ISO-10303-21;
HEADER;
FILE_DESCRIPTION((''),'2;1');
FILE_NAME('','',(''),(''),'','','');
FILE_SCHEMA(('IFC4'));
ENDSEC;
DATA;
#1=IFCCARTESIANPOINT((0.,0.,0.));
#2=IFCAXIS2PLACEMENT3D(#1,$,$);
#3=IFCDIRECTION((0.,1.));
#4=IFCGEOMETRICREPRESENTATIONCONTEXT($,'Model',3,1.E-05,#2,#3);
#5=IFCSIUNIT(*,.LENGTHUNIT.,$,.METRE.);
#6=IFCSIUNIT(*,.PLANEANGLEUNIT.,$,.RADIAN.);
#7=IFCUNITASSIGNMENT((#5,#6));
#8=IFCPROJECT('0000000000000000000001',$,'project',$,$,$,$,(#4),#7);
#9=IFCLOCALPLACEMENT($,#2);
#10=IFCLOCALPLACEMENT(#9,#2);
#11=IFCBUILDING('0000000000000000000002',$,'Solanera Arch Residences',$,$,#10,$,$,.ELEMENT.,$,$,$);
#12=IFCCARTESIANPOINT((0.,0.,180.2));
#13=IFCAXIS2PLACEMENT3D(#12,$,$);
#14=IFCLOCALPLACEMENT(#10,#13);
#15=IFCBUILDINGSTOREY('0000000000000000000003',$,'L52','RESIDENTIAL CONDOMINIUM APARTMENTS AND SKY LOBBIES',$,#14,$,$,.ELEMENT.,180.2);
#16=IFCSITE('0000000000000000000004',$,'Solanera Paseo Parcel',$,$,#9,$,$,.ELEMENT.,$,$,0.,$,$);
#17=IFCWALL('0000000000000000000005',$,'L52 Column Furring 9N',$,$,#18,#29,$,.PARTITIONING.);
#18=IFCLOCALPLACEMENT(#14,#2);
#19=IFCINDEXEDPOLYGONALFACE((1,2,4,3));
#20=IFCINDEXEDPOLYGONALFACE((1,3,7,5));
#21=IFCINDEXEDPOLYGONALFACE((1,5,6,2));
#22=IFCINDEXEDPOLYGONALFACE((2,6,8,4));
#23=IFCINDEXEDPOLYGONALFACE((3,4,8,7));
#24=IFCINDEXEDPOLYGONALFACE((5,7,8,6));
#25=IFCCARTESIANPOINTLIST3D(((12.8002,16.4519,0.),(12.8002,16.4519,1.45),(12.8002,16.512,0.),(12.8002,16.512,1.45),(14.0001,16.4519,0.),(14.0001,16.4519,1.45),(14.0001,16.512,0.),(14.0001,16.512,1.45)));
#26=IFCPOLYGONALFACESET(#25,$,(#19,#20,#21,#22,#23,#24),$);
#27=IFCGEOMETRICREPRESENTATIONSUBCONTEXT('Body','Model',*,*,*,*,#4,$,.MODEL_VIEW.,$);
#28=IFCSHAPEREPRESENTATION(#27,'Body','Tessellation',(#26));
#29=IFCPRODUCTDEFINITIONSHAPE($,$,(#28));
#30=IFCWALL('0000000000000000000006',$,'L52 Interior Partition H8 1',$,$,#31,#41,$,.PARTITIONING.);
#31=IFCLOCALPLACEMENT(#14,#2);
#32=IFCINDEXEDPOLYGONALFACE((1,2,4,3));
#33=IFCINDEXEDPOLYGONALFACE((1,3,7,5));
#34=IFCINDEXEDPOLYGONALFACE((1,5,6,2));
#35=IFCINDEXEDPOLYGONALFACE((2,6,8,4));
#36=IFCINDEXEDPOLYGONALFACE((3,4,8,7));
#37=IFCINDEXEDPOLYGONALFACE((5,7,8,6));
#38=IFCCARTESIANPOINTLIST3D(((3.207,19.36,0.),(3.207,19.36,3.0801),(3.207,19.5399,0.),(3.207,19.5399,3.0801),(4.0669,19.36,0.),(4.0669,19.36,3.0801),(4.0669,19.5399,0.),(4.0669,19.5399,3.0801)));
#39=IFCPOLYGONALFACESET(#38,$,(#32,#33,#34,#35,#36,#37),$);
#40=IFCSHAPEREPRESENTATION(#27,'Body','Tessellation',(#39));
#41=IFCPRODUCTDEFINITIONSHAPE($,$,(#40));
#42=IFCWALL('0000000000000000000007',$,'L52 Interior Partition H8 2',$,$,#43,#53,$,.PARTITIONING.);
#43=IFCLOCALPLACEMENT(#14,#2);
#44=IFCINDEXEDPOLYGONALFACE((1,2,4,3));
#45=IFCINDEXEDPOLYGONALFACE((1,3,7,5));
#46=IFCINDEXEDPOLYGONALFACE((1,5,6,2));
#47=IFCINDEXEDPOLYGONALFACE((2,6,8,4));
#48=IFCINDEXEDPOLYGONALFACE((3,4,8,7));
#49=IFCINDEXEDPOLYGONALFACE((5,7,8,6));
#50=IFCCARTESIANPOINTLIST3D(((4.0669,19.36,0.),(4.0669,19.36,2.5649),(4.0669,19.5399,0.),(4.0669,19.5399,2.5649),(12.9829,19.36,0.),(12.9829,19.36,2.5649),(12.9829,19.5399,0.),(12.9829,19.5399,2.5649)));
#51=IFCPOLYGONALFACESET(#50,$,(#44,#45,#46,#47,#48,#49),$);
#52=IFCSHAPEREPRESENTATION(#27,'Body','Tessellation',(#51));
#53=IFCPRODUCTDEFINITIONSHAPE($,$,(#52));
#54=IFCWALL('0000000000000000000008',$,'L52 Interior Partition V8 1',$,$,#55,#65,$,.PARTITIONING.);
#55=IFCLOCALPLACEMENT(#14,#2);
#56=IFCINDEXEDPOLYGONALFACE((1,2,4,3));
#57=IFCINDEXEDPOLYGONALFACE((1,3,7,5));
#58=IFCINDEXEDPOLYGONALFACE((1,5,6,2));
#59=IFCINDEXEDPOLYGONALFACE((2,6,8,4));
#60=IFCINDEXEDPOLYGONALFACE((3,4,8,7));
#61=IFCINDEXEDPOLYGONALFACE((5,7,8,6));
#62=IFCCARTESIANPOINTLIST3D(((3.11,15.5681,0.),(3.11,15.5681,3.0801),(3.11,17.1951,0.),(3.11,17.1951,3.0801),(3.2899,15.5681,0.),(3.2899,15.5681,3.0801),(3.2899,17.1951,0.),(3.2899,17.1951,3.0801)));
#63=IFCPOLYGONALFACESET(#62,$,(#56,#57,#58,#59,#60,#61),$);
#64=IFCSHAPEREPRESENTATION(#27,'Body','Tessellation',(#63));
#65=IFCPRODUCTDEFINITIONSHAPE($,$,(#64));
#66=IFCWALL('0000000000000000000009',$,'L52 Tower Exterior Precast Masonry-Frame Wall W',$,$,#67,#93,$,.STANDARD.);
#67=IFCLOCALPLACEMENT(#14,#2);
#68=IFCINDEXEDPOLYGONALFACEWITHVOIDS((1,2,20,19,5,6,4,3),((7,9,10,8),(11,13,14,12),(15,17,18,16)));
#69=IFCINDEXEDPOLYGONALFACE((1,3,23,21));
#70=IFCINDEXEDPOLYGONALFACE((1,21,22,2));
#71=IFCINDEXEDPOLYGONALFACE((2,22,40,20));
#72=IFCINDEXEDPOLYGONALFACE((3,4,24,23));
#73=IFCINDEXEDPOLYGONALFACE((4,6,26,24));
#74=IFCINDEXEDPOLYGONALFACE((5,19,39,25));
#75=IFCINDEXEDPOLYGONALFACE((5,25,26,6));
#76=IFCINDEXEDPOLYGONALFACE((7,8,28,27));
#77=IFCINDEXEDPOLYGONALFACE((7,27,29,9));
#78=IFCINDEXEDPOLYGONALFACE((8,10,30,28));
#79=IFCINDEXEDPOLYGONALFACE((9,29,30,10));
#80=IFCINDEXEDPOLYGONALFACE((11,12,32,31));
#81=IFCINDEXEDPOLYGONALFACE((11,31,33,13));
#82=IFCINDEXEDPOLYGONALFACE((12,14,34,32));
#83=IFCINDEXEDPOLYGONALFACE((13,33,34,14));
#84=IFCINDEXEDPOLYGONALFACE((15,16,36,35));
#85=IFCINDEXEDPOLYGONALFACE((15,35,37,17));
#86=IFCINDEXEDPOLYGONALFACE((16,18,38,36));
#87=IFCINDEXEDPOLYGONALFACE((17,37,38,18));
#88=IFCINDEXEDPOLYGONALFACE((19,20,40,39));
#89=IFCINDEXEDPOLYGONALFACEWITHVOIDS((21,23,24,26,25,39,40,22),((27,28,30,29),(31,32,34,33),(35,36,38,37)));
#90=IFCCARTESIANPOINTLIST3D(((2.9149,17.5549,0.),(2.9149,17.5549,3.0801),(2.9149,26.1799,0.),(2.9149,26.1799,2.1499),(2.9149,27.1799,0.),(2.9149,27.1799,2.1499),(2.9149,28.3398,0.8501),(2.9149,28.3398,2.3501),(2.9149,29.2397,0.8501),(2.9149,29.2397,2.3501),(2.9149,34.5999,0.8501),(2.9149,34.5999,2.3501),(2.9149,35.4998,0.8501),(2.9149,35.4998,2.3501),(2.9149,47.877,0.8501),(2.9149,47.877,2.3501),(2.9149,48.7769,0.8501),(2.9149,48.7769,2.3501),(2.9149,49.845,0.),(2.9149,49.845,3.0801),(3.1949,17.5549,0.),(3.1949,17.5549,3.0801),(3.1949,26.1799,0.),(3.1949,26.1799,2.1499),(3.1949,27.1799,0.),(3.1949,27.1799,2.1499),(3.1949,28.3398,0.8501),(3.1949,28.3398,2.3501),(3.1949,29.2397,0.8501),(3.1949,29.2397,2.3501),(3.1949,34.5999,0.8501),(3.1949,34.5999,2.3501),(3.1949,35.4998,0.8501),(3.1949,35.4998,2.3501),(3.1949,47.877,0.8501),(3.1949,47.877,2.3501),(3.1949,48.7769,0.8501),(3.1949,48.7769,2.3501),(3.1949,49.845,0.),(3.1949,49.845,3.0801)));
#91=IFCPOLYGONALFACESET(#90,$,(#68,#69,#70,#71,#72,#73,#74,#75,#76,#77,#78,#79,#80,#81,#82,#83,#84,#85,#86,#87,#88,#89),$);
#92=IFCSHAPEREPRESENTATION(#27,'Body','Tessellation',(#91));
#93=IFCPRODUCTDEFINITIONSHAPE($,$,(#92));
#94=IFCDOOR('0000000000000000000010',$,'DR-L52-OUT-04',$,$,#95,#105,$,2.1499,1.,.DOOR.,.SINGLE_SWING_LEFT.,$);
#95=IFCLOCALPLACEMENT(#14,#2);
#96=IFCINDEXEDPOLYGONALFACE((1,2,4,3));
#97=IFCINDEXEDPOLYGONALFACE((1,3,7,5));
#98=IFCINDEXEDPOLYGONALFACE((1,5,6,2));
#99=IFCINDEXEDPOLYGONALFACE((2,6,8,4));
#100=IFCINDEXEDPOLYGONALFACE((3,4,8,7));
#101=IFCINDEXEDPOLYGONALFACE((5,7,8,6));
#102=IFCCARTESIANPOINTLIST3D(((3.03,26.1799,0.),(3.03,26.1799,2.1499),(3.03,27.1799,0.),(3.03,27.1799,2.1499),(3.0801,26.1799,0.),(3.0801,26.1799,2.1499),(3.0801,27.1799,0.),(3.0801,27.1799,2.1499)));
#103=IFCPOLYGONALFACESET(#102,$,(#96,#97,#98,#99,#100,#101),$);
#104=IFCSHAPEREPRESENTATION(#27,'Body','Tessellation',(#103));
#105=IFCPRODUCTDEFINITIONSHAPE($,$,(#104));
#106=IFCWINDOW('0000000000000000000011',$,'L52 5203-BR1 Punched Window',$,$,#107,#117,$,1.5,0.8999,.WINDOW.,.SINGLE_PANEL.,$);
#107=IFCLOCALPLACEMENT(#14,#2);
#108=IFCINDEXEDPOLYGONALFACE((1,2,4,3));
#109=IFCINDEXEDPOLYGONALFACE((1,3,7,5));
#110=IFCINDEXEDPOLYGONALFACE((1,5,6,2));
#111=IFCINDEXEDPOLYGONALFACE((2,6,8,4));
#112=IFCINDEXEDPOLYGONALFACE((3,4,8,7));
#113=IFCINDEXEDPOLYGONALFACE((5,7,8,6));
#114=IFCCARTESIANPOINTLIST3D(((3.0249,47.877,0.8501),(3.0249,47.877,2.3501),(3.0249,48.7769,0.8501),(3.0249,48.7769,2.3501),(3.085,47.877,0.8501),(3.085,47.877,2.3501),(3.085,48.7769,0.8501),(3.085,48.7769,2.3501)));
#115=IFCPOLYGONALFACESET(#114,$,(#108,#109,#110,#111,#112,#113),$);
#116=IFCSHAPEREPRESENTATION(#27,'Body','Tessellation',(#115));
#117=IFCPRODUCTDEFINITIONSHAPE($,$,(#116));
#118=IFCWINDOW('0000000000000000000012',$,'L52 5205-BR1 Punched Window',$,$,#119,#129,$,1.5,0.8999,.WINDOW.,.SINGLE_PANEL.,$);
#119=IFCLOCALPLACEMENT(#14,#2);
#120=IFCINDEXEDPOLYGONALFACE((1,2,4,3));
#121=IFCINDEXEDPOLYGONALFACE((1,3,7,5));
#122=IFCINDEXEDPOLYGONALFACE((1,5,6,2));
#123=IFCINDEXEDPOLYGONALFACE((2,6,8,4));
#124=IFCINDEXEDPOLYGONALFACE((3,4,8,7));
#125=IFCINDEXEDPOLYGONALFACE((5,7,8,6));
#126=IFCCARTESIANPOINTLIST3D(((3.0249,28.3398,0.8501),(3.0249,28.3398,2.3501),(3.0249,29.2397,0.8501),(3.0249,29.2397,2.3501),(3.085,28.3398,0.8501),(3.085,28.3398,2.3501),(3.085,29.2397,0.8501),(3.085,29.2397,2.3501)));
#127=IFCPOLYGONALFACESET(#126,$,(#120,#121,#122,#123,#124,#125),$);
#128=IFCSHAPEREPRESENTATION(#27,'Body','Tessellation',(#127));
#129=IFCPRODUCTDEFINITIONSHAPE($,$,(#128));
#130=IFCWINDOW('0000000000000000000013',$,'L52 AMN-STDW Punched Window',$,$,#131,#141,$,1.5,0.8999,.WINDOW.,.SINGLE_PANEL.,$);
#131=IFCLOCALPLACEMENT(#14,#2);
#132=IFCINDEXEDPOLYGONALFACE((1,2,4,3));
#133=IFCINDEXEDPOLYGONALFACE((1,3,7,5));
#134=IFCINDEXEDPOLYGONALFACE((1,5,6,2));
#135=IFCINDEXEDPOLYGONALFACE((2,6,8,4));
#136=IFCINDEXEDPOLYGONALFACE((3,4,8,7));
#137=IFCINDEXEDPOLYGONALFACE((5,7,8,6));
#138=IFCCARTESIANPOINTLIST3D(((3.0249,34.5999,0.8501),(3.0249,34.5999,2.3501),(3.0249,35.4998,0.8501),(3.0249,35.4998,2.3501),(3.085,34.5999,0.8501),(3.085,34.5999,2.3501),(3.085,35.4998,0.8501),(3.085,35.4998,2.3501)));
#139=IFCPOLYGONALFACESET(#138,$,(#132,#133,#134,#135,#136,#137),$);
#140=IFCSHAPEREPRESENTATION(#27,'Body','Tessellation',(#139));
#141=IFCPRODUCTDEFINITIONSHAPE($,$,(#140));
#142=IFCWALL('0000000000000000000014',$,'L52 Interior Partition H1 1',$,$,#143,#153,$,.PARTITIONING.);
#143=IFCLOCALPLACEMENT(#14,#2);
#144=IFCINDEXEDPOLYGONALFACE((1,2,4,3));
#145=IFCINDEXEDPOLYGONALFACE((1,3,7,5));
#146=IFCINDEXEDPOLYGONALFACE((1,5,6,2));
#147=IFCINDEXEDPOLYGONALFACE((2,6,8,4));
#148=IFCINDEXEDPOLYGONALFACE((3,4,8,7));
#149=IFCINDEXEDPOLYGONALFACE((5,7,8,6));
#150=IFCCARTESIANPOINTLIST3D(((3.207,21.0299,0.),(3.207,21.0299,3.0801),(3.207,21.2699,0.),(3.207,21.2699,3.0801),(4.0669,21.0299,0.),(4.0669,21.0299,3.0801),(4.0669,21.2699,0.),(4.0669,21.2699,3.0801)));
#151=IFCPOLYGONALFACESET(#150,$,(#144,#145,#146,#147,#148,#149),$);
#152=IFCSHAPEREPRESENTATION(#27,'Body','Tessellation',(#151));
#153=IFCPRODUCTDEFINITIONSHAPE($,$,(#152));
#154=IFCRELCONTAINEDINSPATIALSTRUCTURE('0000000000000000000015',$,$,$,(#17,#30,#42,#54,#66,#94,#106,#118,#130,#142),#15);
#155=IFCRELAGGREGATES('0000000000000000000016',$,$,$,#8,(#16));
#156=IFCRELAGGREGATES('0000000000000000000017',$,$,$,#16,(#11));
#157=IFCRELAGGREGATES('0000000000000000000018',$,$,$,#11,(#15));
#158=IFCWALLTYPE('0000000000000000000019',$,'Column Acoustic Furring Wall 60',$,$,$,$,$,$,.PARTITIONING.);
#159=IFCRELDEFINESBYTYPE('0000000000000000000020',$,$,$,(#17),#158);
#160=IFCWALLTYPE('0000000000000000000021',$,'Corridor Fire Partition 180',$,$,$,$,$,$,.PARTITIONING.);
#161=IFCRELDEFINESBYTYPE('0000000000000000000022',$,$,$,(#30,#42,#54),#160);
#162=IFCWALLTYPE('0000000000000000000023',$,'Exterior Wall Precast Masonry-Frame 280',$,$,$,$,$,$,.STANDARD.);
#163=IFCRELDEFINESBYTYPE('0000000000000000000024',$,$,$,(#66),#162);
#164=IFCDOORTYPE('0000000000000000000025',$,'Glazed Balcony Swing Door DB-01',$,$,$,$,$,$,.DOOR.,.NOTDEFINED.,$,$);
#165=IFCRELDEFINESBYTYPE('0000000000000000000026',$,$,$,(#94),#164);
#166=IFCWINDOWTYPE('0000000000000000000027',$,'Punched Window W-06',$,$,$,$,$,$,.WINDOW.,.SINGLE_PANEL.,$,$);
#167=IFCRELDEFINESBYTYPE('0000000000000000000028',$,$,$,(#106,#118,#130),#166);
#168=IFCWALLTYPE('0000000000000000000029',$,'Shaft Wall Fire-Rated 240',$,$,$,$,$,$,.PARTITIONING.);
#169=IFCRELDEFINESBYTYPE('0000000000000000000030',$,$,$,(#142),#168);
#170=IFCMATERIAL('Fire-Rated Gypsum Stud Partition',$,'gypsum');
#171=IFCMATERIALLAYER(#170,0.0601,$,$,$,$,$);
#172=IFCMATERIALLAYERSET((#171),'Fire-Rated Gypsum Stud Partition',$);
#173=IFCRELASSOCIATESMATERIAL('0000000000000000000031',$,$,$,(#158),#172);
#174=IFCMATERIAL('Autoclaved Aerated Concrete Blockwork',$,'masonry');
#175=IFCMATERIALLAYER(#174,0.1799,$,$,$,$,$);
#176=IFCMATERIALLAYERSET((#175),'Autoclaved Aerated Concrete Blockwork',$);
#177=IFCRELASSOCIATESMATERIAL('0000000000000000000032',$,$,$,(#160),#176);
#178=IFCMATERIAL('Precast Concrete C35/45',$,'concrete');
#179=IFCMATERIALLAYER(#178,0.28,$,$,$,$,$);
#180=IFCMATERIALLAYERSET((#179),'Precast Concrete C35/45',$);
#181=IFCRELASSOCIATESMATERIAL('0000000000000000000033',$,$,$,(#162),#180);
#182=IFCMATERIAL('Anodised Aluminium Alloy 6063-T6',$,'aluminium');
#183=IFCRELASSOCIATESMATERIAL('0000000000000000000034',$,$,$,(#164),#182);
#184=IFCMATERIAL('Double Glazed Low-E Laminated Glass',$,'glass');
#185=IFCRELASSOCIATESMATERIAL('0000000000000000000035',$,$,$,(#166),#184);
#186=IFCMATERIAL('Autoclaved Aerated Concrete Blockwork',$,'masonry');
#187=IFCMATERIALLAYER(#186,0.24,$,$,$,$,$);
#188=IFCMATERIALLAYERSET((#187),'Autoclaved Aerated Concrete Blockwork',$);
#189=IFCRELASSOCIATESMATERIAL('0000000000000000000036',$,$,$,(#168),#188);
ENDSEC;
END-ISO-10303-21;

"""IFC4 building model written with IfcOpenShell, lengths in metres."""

from ifc_helpers import new_model, si_unit, direction, frame, frame_2d, origin, place, context, subcontext, project, spatial, rectangle, extrude, material, layer, layer_set, type_object, element, fill, save


model = new_model("IFC4")

# Units and contexts
model_context = context("Model", 3, precision=1e-05, world=origin(), true_north=direction((0.0, 1.0)))
body_context = subcontext(model_context, "Body", "Model", "MODEL_VIEW")
ifc_project = project(units=[si_unit("LENGTHUNIT", "METRE"), si_unit("PLANEANGLEUNIT", "RADIAN")], contexts=[model_context])

# Site, building, storey
site_placement = place(None, origin())
site = spatial("IfcSite", under=ifc_project, at=site_placement, Name="Solanera Paseo Parcel", CompositionType="ELEMENT", RefElevation=0.0)
building_placement = place(site_placement, origin())
building = spatial("IfcBuilding", under=site, at=building_placement, Name="Solanera Arch Residences", CompositionType="ELEMENT")
storey_placement = place(building_placement, frame((0.0, 0.0, 180.2)))
storey = spatial("IfcBuildingStorey", under=building, at=storey_placement, Name="L52", Description="RESIDENTIAL CONDOMINIUM APARTMENTS AND SKY LOBBIES", CompositionType="ELEMENT", Elevation=180.2)

# Walls
ifc_material_1 = material(Name="Fire-Rated Gypsum Stud Partition", Category="gypsum")
ifc_layer_1 = layer(ifc_material_1, 0.0601)
ifc_layer_set_1 = layer_set([ifc_layer_1], Name="Fire-Rated Gypsum Stud Partition")
wall_type_1 = type_object("IfcWallType", Name="Column Acoustic Furring Wall 60", PredefinedType="PARTITIONING", material=ifc_layer_set_1)
wall_1_placement = place(storey_placement, frame((12.8, 16.4819, 0.0), z_axis=(0.0, 0.0, 1.0), x_axis=(1.0, 0.0, 0.0)))
element("IfcWall", 1, at=wall_1_placement, inside=storey, type_object=wall_type_1, Name="L52 Column Furring 9N", PredefinedType="PARTITIONING", context=body_context, shape_type="SweptSolid", body=[
    extrude(rectangle(XDim=1.2, YDim=0.0601, at=frame_2d((0.6001, 0.0))), origin(), (0.0, 0.0, 1.0), 1.45),
])
ifc_material_2 = material(Name="Autoclaved Aerated Concrete Blockwork", Category="masonry")
ifc_layer_2 = layer(ifc_material_2, 0.1799)
ifc_layer_set_2 = layer_set([ifc_layer_2], Name="Autoclaved Aerated Concrete Blockwork")
wall_type_2 = type_object("IfcWallType", Name="Corridor Fire Partition 180", PredefinedType="PARTITIONING", material=ifc_layer_set_2)
wall_2_placement = place(storey_placement, frame((3.207, 19.45, 0.0), z_axis=(0.0, 0.0, 1.0), x_axis=(1.0, 0.0, 0.0)))
element("IfcWall", 2, at=wall_2_placement, inside=storey, type_object=wall_type_2, Name="L52 Interior Partition H8 1", PredefinedType="PARTITIONING", context=body_context, shape_type="SweptSolid", body=[
    extrude(rectangle(XDim=0.8599, YDim=0.1799, at=frame_2d((0.4299, 0.0))), origin(), (0.0, 0.0, 1.0), 3.0801),
])
wall_3_placement = place(storey_placement, frame((4.0669, 19.45, 0.0), z_axis=(0.0, 0.0, 1.0), x_axis=(1.0, 0.0, 0.0)))
element("IfcWall", 3, at=wall_3_placement, inside=storey, type_object=wall_type_2, Name="L52 Interior Partition H8 2", PredefinedType="PARTITIONING", context=body_context, shape_type="SweptSolid", body=[
    extrude(rectangle(XDim=8.916, YDim=0.1799, at=frame_2d((4.458, 0.0))), origin(), (0.0, 0.0, 1.0), 2.5649),
])
wall_4_placement = place(storey_placement, frame((3.2, 15.5681, 0.0), z_axis=(0.0, 0.0, 1.0), x_axis=(0.0, 1.0, 0.0)))
element("IfcWall", 4, at=wall_4_placement, inside=storey, type_object=wall_type_2, Name="L52 Interior Partition V8 1", PredefinedType="PARTITIONING", context=body_context, shape_type="SweptSolid", body=[
    extrude(rectangle(XDim=1.627, YDim=0.1799, at=frame_2d((0.8135, 0.0))), origin(), (0.0, 0.0, 1.0), 3.0801),
])

# Wall, openings, door, windows
ifc_material_3 = material(Name="Precast Concrete C35/45", Category="concrete")
ifc_layer_3 = layer(ifc_material_3, 0.28)
ifc_layer_set_3 = layer_set([ifc_layer_3], Name="Precast Concrete C35/45")
wall_type_3 = type_object("IfcWallType", Name="Exterior Wall Precast Masonry-Frame 280", PredefinedType="STANDARD", material=ifc_layer_set_3)
wall_5_placement = place(storey_placement, frame((3.0549, 17.5549, 0.0), z_axis=(0.0, 0.0, 1.0), x_axis=(0.0, 1.0, 0.0)))
wall_5 = element("IfcWall", 5, at=wall_5_placement, inside=storey, type_object=wall_type_3, Name="L52 Tower Exterior Precast Masonry-Frame Wall W", PredefinedType="STANDARD", context=body_context, shape_type="SweptSolid", body=[
    extrude(rectangle(XDim=32.29, YDim=0.28, at=frame_2d((16.145, 0.0))), origin(), (0.0, 0.0, 1.0), 3.0801),
])
opening_1_placement = place(wall_5_placement, frame((8.625, 0.0, 0.0)))
opening_1 = element("IfcOpeningElement", 6, at=opening_1_placement, cuts=wall_5, PredefinedType="OPENING", context=body_context, shape_type="SweptSolid", body=[
    extrude(rectangle(XDim=1.0, YDim=2.1499, at=frame_2d((0.5, 1.075))), frame((0.0, 0.1499, 0.0), z_axis=(0.0, -1.0, 0.0), x_axis=(1.0, 0.0, 0.0)), (0.0, 0.0, 1.0), 0.3),
])
opening_2_placement = place(wall_5_placement, frame((30.322, 0.0, 0.8501)))
opening_2 = element("IfcOpeningElement", 7, at=opening_2_placement, cuts=wall_5, PredefinedType="OPENING", context=body_context, shape_type="SweptSolid", body=[
    extrude(rectangle(XDim=0.8999, YDim=1.5, at=frame_2d((0.45, 0.75))), frame((0.0, 0.1499, 0.0), z_axis=(0.0, -1.0, 0.0), x_axis=(1.0, 0.0, 0.0)), (0.0, 0.0, 1.0), 0.3),
])
opening_3_placement = place(wall_5_placement, frame((10.7849, 0.0, 0.8501)))
opening_3 = element("IfcOpeningElement", 8, at=opening_3_placement, cuts=wall_5, PredefinedType="OPENING", context=body_context, shape_type="SweptSolid", body=[
    extrude(rectangle(XDim=0.8999, YDim=1.5, at=frame_2d((0.45, 0.75))), frame((0.0, 0.1499, 0.0), z_axis=(0.0, -1.0, 0.0), x_axis=(1.0, 0.0, 0.0)), (0.0, 0.0, 1.0), 0.3),
])
opening_4_placement = place(wall_5_placement, frame((17.0449, 0.0, 0.8501)))
opening_4 = element("IfcOpeningElement", 9, at=opening_4_placement, cuts=wall_5, PredefinedType="OPENING", context=body_context, shape_type="SweptSolid", body=[
    extrude(rectangle(XDim=0.8999, YDim=1.5, at=frame_2d((0.45, 0.75))), frame((0.0, 0.1499, 0.0), z_axis=(0.0, -1.0, 0.0), x_axis=(1.0, 0.0, 0.0)), (0.0, 0.0, 1.0), 0.3),
])
ifc_material_4 = material(Name="Anodised Aluminium Alloy 6063-T6", Category="aluminium")
door_type_1 = type_object("IfcDoorType", Name="Glazed Balcony Swing Door DB-01", OperationType="NOTDEFINED", PredefinedType="DOOR", material=ifc_material_4)
door_1_placement = place(opening_1_placement, origin())
door_1 = element("IfcDoor", 10, at=door_1_placement, inside=storey, type_object=door_type_1, Name="DR-L52-OUT-04", OperationType="SINGLE_SWING_LEFT", OverallHeight=2.1499, OverallWidth=1.0, PredefinedType="DOOR", context=body_context, shape_type="SweptSolid", body=[
    extrude(rectangle(XDim=1.0, YDim=2.1499, at=frame_2d((0.5, 1.075))), frame((0.0, 0.0249, 0.0), z_axis=(0.0, -1.0, 0.0), x_axis=(1.0, 0.0, 0.0)), (0.0, 0.0, 1.0), 0.05),
])
fill(opening_1, door_1)
ifc_material_5 = material(Name="Double Glazed Low-E Laminated Glass", Category="glass")
window_type = type_object("IfcWindowType", Name="Punched Window W-06", PartitioningType="SINGLE_PANEL", PredefinedType="WINDOW", material=ifc_material_5)
window_1_placement = place(opening_2_placement, origin())
window_1 = element("IfcWindow", 11, at=window_1_placement, inside=storey, type_object=window_type, Name="L52 5203-BR1 Punched Window", OverallHeight=1.5, OverallWidth=0.8999, PartitioningType="SINGLE_PANEL", PredefinedType="WINDOW", context=body_context, shape_type="SweptSolid", body=[
    extrude(rectangle(XDim=0.8999, YDim=1.5, at=frame_2d((0.45, 0.75))), frame((0.0, 0.03, 0.0), z_axis=(0.0, -1.0, 0.0), x_axis=(1.0, 0.0, 0.0)), (0.0, 0.0, 1.0), 0.0601),
])
fill(opening_2, window_1)
window_2_placement = place(opening_3_placement, origin())
window_2 = element("IfcWindow", 12, at=window_2_placement, inside=storey, type_object=window_type, Name="L52 5205-BR1 Punched Window", OverallHeight=1.5, OverallWidth=0.8999, PartitioningType="SINGLE_PANEL", PredefinedType="WINDOW", context=body_context, shape_type="SweptSolid", body=[
    extrude(rectangle(XDim=0.8999, YDim=1.5, at=frame_2d((0.45, 0.75))), frame((0.0, 0.03, 0.0), z_axis=(0.0, -1.0, 0.0), x_axis=(1.0, 0.0, 0.0)), (0.0, 0.0, 1.0), 0.0601),
])
fill(opening_3, window_2)
window_3_placement = place(opening_4_placement, origin())
window_3 = element("IfcWindow", 13, at=window_3_placement, inside=storey, type_object=window_type, Name="L52 AMN-STDW Punched Window", OverallHeight=1.5, OverallWidth=0.8999, PartitioningType="SINGLE_PANEL", PredefinedType="WINDOW", context=body_context, shape_type="SweptSolid", body=[
    extrude(rectangle(XDim=0.8999, YDim=1.5, at=frame_2d((0.45, 0.75))), frame((0.0, 0.03, 0.0), z_axis=(0.0, -1.0, 0.0), x_axis=(1.0, 0.0, 0.0)), (0.0, 0.0, 1.0), 0.0601),
])
fill(opening_4, window_3)

# Wall
ifc_material_6 = material(Name="Autoclaved Aerated Concrete Blockwork", Category="masonry")
ifc_layer_4 = layer(ifc_material_6, 0.24)
ifc_layer_set_4 = layer_set([ifc_layer_4], Name="Autoclaved Aerated Concrete Blockwork")
wall_type_4 = type_object("IfcWallType", Name="Shaft Wall Fire-Rated 240", PredefinedType="PARTITIONING", material=ifc_layer_set_4)
wall_6_placement = place(storey_placement, frame((3.207, 21.1499, 0.0), z_axis=(0.0, 0.0, 1.0), x_axis=(1.0, 0.0, 0.0)))
element("IfcWall", 14, at=wall_6_placement, inside=storey, type_object=wall_type_4, Name="L52 Interior Partition H1 1", PredefinedType="PARTITIONING", context=body_context, shape_type="SweptSolid", body=[
    extrude(rectangle(XDim=0.8599, YDim=0.24, at=frame_2d((0.4299, 0.0))), origin(), (0.0, 0.0, 1.0), 3.0801),
])

save(model, "model.ifc")
